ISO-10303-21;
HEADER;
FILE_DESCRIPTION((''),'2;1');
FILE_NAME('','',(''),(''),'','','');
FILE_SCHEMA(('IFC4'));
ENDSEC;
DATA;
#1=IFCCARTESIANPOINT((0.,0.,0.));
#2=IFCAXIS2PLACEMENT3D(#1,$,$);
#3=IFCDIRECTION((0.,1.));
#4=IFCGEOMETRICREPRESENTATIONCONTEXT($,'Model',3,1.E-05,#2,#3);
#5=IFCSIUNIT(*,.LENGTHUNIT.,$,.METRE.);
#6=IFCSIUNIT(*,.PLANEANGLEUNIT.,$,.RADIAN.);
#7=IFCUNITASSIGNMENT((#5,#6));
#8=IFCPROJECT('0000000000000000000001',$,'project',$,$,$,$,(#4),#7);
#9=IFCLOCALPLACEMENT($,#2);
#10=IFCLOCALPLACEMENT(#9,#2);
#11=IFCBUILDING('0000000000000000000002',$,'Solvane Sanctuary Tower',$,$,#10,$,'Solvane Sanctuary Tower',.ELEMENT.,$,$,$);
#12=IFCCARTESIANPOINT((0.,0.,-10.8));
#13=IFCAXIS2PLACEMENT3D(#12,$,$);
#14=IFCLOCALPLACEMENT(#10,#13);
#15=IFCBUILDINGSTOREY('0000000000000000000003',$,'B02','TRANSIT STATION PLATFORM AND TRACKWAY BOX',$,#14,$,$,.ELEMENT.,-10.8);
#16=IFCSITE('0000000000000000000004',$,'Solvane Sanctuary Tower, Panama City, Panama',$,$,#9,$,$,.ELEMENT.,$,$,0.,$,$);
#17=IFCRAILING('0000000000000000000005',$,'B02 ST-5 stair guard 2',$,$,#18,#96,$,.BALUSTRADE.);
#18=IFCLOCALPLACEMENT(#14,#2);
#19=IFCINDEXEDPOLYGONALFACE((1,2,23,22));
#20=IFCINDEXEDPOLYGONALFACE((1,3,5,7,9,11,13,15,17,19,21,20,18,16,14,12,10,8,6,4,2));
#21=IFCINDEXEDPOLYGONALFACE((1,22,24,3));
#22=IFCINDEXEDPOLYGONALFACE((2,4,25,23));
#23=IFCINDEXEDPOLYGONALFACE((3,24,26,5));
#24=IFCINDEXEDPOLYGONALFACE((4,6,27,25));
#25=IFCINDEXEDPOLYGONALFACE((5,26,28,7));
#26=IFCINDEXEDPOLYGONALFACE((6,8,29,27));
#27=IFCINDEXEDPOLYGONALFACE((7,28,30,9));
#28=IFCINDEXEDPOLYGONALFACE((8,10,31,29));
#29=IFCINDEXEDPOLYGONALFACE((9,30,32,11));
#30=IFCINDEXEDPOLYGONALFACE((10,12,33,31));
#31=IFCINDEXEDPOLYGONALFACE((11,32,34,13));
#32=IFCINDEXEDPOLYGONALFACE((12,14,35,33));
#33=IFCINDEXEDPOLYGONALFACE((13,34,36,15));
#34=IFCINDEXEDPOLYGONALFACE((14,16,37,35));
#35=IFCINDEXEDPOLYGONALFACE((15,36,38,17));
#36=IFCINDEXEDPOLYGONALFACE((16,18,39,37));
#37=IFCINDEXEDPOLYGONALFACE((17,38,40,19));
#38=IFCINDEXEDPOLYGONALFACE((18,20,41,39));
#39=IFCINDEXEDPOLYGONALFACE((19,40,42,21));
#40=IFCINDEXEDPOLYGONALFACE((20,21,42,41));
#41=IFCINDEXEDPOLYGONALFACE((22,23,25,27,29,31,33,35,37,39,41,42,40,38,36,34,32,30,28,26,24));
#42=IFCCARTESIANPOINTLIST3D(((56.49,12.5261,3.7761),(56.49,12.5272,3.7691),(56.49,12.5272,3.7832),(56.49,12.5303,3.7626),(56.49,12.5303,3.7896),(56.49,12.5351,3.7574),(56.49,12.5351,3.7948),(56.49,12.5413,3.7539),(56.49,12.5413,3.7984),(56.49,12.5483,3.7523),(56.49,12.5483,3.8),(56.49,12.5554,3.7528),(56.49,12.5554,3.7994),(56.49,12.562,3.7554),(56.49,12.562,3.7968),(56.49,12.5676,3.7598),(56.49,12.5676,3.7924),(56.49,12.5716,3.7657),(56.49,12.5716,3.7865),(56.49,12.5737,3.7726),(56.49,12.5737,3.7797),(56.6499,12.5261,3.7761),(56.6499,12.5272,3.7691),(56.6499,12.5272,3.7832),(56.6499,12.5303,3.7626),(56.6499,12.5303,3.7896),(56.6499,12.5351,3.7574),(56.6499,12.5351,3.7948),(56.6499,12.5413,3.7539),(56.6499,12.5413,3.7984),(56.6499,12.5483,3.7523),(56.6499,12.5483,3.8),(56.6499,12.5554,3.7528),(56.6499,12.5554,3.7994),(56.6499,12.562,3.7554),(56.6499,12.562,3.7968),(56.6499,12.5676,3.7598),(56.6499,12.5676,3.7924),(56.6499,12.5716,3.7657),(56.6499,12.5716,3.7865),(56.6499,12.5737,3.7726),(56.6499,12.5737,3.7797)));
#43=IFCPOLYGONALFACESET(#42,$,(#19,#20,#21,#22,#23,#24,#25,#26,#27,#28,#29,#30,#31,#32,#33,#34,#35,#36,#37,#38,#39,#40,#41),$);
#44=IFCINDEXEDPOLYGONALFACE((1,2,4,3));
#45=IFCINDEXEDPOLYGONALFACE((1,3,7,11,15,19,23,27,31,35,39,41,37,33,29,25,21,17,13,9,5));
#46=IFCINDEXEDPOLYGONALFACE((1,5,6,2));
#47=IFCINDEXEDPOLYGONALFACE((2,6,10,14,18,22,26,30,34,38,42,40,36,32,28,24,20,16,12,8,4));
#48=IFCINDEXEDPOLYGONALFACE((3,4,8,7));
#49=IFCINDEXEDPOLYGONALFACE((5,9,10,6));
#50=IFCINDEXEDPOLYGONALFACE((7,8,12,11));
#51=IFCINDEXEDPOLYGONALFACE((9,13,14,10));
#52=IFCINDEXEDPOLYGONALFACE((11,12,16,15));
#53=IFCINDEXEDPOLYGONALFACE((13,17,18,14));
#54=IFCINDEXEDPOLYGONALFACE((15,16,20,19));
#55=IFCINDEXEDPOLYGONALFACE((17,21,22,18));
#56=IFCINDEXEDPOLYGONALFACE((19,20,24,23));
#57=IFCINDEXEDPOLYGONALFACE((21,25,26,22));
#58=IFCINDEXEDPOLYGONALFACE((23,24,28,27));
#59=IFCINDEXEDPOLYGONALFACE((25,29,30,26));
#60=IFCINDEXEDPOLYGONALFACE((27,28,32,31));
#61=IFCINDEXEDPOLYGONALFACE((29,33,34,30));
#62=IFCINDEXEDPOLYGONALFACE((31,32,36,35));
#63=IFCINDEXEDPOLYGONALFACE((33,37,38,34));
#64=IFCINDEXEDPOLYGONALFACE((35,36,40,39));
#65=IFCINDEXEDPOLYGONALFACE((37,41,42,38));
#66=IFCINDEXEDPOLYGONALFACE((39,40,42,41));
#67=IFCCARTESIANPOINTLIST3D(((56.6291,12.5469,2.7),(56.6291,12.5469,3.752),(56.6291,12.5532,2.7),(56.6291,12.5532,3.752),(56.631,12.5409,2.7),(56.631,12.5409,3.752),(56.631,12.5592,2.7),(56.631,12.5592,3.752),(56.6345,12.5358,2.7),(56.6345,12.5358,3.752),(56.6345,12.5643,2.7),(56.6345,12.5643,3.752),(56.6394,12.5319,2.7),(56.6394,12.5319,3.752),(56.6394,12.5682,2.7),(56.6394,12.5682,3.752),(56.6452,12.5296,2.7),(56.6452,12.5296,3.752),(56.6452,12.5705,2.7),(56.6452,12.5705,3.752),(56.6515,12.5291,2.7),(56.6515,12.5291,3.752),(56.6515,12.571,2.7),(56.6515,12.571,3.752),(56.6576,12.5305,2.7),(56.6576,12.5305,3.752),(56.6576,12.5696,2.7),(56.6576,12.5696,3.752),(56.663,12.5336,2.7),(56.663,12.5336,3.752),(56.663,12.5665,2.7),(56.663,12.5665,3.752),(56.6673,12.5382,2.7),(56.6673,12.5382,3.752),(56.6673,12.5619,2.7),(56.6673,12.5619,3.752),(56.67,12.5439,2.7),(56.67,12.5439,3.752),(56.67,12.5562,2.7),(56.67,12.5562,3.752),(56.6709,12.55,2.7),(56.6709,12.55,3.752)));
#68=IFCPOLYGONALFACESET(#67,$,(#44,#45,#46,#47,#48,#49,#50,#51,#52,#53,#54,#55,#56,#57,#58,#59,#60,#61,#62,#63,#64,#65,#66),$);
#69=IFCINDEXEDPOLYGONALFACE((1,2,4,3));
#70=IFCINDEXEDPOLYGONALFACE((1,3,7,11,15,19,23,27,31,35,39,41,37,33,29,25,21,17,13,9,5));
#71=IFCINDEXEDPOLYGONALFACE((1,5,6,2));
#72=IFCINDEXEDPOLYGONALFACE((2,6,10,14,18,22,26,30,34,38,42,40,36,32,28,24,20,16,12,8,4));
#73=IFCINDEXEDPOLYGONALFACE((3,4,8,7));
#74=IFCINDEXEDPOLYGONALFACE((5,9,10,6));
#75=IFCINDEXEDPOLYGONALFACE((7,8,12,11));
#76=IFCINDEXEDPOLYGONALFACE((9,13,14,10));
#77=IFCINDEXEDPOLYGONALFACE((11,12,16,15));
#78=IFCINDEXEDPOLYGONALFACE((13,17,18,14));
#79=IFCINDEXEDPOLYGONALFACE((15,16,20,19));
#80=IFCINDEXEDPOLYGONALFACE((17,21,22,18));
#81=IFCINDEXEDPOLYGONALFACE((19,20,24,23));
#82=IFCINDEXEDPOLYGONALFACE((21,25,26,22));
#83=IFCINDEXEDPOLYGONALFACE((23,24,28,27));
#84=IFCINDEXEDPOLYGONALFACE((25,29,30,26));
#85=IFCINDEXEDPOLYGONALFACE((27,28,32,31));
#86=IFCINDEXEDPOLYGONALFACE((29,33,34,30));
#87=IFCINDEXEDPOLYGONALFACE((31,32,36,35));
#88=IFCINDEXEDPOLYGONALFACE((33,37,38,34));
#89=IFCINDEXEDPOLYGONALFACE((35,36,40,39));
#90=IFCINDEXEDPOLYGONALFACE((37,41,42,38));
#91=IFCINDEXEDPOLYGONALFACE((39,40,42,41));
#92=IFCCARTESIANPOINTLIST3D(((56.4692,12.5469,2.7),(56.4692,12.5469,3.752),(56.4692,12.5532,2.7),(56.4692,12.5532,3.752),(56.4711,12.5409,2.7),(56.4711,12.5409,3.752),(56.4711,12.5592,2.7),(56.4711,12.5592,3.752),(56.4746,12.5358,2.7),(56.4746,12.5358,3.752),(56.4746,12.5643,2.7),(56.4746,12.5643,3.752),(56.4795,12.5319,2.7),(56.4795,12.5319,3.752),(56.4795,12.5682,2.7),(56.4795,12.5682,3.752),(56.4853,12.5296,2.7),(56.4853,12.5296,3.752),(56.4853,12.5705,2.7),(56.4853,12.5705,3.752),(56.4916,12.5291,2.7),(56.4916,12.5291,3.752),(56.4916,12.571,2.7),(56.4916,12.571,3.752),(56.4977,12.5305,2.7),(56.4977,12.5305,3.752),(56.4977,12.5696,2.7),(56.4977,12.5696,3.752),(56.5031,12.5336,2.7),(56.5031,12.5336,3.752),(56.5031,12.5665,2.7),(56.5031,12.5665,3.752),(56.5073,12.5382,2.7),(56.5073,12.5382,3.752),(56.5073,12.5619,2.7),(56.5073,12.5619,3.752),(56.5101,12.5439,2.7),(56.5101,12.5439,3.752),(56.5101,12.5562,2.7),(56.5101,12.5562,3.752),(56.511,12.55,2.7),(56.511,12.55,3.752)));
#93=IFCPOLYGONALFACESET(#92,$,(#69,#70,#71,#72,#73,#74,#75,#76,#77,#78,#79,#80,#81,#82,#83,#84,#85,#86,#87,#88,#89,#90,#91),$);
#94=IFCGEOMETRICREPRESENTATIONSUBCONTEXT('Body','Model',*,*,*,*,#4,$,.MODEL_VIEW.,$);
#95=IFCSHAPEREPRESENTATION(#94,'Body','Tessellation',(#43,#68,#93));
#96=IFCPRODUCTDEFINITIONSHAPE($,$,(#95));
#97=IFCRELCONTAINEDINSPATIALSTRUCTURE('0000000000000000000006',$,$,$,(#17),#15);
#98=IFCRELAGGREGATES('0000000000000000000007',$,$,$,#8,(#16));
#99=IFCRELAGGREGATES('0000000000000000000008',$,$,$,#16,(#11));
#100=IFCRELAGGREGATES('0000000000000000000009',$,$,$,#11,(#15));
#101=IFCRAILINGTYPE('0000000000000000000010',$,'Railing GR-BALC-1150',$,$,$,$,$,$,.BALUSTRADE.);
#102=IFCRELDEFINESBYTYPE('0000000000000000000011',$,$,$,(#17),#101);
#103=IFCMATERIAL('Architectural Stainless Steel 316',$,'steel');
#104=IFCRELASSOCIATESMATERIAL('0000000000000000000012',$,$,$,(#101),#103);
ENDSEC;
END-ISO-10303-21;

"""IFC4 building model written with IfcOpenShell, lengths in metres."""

from ifc_helpers import new_model, si_unit, direction, frame, origin, origin_2d, place, context, subcontext, project, spatial, circle, extrude, material, type_object, element, save


model = new_model("IFC4")

# Units and contexts
model_context = context("Model", 3, precision=1e-05, world=origin(), true_north=direction((0.0, 1.0)))
body_context = subcontext(model_context, "Body", "Model", "MODEL_VIEW")
ifc_project = project(units=[si_unit("LENGTHUNIT", "METRE"), si_unit("PLANEANGLEUNIT", "RADIAN")], contexts=[model_context])

# Site, building, storey
site_placement = place(None, origin())
site = spatial("IfcSite", under=ifc_project, at=site_placement, Name="Solvane Sanctuary Tower, Panama City, Panama", CompositionType="ELEMENT", RefElevation=0.0)
building_placement = place(site_placement, origin())
building = spatial("IfcBuilding", under=site, at=building_placement, Name="Solvane Sanctuary Tower", LongName="Solvane Sanctuary Tower", CompositionType="ELEMENT")
storey_placement = place(building_placement, frame((0.0, 0.0, -10.8)))
storey = spatial("IfcBuildingStorey", under=building, at=storey_placement, Name="B02", Description="TRANSIT STATION PLATFORM AND TRACKWAY BOX", CompositionType="ELEMENT", Elevation=-10.8)

# Shared definitions
ifc_material_1 = material(Name="Architectural Stainless Steel 316", Category="steel")

# Railing
railing_type_1 = type_object("IfcRailingType", Name="Railing GR-BALC-1150", PredefinedType="BALUSTRADE", material=ifc_material_1)
railing_1_placement = place(storey_placement, frame((56.6499, 12.55, 2.7)))
element("IfcRailing", 1, at=railing_1_placement, inside=storey, type_object=railing_type_1, Name="B02 ST-5 stair guard 2", PredefinedType="BALUSTRADE", context=body_context, shape_type="SweptSolid", body=[
    extrude(circle(Radius=0.0239, at=origin_2d()), frame((0.0, 0.0, 1.0762), z_axis=(-1.0, 0.0, 0.0), x_axis=(0.0, -1.0, 0.0)), (0.0, 0.0, 1.0), 0.1599),
    extrude(circle(Radius=0.021, at=origin_2d()), origin(), (0.0, 0.0, 1.0), 1.052),
    extrude(circle(Radius=0.021, at=origin_2d()), frame((-0.1599, 0.0, 0.0)), (0.0, 0.0, 1.0), 1.052),
])

save(model, "model.ifc")
